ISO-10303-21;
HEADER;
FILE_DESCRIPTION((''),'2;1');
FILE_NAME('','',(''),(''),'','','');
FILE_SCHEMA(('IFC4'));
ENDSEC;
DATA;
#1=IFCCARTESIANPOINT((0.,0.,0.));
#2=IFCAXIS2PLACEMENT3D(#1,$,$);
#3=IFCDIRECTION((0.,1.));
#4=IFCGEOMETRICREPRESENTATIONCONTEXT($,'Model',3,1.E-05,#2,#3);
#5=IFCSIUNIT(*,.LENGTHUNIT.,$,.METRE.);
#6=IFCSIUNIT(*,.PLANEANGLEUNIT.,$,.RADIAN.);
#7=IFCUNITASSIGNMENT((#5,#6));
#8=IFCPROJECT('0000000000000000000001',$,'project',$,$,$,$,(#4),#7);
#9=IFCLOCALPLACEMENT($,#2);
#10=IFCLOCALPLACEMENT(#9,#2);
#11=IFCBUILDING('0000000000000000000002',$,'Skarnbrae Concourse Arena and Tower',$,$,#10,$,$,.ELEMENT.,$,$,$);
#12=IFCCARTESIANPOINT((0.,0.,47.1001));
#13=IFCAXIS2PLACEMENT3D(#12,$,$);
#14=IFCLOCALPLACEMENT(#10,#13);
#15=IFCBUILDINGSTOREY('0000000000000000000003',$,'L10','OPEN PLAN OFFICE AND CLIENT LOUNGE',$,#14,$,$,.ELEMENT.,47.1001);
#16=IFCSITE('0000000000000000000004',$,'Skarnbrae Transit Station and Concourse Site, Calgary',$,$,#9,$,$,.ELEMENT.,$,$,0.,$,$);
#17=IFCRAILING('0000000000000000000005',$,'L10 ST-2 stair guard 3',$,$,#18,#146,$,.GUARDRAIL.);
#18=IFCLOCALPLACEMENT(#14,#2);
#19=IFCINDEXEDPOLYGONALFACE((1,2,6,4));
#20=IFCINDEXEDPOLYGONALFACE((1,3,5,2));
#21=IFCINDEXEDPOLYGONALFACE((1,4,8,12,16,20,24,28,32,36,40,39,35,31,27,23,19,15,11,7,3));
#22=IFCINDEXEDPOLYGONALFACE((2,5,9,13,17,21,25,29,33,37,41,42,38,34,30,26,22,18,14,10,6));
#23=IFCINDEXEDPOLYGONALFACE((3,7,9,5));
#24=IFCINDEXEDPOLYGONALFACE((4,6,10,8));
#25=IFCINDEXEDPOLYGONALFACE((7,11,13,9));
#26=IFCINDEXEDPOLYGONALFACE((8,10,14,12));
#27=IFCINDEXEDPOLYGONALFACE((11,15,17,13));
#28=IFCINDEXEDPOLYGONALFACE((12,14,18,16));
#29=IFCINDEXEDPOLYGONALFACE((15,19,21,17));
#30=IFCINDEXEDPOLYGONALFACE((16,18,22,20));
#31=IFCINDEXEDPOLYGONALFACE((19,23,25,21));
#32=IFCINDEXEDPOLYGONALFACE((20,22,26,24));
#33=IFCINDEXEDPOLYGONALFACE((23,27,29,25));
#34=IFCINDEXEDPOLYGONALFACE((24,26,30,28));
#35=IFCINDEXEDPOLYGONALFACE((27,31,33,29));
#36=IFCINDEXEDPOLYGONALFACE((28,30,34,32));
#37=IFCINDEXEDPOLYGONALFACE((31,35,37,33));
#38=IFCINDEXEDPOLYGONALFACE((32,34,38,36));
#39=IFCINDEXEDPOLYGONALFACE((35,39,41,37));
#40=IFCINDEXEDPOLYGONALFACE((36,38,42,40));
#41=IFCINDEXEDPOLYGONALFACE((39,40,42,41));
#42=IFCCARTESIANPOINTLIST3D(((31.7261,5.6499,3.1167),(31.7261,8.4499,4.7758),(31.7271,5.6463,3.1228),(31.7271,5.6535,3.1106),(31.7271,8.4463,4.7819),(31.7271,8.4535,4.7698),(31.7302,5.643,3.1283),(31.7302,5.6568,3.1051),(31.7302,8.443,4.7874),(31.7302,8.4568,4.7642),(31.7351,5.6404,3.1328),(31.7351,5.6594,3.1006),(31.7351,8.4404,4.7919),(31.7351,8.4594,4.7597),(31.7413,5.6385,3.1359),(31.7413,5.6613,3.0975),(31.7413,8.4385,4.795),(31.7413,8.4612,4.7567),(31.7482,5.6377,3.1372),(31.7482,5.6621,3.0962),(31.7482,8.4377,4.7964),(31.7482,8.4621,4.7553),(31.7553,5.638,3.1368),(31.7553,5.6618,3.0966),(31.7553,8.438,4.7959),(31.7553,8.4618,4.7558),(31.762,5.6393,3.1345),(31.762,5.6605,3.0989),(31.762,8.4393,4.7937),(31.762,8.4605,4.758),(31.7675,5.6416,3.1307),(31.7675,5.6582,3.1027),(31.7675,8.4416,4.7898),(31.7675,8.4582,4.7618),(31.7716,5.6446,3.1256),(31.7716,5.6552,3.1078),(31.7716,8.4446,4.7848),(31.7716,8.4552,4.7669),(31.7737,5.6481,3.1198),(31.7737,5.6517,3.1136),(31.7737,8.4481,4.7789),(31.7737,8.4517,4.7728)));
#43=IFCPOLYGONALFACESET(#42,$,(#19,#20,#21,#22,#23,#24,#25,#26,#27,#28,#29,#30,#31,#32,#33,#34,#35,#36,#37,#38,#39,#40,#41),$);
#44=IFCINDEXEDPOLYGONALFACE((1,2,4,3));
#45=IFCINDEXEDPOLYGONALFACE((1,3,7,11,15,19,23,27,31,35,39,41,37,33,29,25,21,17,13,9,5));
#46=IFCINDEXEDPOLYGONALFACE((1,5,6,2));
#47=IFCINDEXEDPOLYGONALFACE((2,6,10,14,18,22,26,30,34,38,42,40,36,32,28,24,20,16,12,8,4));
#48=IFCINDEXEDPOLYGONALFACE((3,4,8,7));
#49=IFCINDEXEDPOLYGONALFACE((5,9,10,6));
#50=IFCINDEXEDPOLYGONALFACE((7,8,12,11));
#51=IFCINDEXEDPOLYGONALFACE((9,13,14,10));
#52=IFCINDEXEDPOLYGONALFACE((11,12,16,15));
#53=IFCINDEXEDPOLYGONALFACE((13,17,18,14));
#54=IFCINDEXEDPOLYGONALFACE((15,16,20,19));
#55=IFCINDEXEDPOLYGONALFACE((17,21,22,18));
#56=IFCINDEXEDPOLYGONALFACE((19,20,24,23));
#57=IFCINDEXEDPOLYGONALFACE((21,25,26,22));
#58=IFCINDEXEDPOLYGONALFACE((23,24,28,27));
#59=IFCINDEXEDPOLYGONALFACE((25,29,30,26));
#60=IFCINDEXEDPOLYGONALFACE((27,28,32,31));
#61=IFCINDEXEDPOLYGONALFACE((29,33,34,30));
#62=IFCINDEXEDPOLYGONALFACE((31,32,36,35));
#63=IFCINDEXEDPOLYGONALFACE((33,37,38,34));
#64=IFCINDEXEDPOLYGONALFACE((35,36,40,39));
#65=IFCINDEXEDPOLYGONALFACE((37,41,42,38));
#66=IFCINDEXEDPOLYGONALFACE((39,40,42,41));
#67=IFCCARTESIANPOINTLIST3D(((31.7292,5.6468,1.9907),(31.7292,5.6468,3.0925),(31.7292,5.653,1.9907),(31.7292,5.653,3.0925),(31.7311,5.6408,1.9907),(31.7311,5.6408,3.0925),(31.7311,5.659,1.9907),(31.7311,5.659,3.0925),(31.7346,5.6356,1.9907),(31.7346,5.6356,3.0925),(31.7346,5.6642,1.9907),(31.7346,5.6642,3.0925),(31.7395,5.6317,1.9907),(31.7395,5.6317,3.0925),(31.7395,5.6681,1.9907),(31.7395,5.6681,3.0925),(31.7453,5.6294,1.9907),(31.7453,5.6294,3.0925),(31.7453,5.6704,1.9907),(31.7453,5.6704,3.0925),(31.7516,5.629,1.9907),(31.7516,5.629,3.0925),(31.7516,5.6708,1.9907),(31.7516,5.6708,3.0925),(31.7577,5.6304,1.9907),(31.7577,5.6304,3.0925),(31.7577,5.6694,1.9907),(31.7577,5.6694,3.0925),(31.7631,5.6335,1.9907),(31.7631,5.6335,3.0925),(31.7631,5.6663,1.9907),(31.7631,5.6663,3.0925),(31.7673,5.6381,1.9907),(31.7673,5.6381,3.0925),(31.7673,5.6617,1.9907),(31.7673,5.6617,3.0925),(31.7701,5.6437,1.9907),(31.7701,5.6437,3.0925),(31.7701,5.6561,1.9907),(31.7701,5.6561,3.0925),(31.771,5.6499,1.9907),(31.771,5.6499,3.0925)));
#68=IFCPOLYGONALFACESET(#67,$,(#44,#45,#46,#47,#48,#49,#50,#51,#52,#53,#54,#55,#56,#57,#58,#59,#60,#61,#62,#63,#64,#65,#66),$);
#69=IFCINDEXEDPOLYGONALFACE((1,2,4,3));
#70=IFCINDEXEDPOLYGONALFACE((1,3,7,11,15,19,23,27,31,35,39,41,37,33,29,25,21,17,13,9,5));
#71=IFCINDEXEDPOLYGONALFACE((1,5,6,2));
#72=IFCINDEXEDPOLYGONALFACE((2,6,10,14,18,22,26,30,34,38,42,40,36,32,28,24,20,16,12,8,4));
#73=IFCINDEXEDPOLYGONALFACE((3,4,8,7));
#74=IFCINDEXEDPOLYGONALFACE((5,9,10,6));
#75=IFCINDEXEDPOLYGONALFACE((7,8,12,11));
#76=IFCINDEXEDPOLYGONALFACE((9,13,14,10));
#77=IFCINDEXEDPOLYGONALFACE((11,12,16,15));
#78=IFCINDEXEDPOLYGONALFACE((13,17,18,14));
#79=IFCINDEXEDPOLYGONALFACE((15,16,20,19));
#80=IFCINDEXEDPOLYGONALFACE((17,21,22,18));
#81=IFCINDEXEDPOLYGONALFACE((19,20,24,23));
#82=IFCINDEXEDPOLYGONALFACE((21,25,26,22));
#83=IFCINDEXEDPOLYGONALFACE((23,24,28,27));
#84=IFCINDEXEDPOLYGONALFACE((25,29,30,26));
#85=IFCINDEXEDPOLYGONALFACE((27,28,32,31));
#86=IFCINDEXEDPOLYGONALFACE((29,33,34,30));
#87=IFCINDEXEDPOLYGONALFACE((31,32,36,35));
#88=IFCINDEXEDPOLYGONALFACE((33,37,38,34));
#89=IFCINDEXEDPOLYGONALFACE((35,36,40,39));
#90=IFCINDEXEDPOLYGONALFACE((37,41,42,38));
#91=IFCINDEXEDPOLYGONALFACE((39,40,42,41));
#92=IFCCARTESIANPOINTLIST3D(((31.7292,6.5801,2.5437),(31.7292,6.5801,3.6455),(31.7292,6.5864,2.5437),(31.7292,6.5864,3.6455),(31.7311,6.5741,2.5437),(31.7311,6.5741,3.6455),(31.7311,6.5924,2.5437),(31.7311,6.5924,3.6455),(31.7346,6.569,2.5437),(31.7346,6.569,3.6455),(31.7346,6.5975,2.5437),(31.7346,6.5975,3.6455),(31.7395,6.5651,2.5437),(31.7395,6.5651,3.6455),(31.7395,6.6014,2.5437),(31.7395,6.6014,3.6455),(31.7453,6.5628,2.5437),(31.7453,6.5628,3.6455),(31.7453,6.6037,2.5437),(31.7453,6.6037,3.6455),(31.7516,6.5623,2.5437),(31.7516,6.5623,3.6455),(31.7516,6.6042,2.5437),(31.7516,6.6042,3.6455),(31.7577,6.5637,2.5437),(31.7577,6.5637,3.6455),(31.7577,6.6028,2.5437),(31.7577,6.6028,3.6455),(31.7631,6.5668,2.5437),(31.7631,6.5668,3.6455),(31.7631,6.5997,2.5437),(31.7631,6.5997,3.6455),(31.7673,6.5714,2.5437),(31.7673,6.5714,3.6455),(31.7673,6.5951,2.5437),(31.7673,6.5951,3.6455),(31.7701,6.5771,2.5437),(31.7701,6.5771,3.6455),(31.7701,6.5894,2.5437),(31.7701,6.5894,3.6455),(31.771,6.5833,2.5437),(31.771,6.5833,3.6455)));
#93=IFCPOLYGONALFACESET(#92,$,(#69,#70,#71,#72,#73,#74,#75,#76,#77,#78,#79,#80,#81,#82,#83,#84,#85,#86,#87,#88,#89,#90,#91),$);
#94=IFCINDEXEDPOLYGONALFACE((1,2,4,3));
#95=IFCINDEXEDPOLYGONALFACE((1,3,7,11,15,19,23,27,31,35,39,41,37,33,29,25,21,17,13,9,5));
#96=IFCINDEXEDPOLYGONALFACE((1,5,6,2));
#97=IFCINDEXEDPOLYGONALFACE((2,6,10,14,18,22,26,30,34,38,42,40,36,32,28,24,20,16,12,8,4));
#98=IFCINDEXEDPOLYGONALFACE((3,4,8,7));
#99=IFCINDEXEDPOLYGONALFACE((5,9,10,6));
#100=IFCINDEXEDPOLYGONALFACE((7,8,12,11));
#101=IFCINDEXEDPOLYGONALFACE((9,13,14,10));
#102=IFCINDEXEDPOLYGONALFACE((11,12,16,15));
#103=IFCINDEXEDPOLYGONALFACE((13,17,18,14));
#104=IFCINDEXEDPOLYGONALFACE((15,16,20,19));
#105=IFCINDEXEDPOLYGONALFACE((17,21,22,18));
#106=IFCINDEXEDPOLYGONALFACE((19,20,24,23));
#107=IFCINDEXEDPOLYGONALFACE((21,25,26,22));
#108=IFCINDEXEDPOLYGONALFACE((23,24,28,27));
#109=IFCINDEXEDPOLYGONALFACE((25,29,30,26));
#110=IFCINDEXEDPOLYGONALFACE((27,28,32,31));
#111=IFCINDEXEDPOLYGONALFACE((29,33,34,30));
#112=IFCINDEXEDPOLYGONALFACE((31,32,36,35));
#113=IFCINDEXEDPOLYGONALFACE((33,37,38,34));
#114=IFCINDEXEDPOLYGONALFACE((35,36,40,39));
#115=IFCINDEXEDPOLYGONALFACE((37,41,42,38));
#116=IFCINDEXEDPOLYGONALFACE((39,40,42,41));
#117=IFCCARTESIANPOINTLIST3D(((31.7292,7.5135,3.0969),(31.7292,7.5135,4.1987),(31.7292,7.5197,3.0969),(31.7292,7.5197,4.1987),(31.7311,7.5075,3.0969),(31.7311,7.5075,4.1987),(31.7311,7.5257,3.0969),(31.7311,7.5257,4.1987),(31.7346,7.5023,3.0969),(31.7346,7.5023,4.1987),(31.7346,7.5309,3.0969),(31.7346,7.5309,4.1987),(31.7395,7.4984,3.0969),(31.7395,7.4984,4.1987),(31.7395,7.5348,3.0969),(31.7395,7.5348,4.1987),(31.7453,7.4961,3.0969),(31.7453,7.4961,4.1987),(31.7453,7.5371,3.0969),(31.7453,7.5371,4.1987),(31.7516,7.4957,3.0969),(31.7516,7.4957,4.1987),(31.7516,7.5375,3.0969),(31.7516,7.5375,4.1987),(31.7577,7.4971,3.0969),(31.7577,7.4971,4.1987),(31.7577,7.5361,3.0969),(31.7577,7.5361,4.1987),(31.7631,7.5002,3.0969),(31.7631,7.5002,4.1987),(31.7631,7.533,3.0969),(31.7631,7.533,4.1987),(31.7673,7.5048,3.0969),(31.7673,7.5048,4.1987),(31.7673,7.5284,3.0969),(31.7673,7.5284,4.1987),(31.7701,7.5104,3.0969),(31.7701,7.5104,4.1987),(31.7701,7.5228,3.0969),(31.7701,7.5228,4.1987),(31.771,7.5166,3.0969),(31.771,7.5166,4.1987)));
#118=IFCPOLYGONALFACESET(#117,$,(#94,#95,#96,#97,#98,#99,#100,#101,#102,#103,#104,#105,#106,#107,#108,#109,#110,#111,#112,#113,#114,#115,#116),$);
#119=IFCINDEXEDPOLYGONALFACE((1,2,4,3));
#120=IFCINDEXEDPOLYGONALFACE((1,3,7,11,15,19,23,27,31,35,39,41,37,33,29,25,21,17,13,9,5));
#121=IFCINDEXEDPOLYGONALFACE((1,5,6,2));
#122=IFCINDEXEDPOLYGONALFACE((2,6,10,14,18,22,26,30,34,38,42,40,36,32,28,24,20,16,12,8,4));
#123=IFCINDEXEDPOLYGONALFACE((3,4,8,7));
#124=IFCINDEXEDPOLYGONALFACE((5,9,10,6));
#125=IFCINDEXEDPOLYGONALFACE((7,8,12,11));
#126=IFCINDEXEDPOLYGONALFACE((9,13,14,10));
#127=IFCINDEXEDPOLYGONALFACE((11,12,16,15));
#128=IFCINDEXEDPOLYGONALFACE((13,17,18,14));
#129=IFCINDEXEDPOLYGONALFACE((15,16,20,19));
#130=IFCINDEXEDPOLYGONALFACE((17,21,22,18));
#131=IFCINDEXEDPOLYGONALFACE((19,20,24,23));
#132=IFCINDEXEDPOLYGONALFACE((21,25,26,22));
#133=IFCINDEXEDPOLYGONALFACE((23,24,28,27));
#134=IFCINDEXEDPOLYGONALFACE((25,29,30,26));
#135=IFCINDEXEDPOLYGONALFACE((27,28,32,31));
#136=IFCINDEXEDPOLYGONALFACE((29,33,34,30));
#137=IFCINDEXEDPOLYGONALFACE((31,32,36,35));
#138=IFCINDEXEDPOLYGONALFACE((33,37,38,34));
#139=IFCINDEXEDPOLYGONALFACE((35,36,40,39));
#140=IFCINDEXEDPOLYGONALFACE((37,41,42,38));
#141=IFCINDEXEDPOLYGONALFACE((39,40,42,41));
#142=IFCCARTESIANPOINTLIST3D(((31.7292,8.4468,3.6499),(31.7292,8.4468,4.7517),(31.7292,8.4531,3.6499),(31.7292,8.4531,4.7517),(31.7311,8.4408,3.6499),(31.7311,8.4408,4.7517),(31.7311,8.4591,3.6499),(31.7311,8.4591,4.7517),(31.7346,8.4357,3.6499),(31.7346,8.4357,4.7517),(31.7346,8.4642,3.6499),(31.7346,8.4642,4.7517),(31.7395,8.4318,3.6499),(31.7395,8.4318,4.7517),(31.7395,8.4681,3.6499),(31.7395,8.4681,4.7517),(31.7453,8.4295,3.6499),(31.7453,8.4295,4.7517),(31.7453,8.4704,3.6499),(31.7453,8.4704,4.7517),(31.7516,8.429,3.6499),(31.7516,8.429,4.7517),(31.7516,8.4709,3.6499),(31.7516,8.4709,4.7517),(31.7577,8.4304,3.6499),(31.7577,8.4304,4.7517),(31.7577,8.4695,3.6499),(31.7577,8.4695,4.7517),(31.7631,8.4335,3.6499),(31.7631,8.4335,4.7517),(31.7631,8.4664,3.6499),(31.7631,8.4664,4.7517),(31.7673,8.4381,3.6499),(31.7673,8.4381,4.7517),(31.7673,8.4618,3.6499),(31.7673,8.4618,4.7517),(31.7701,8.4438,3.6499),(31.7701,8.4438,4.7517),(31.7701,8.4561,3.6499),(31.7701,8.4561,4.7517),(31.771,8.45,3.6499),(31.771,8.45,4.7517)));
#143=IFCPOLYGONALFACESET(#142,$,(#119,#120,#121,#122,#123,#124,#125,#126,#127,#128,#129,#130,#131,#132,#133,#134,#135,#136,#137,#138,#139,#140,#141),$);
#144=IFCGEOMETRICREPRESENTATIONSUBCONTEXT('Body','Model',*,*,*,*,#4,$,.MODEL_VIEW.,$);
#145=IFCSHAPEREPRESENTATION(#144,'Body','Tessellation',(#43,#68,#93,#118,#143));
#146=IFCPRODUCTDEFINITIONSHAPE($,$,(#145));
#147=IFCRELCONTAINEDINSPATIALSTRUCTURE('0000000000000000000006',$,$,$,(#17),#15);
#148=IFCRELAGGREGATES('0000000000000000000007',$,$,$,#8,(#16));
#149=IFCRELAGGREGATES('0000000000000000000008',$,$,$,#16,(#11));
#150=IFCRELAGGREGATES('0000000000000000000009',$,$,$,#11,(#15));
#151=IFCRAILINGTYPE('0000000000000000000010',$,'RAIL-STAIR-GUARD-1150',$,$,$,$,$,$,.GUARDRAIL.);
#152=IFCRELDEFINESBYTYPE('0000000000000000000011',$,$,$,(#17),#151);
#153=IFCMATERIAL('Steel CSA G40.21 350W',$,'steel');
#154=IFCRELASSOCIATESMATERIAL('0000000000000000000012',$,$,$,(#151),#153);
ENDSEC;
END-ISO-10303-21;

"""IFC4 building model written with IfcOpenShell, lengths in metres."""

from ifc_helpers import new_model, si_unit, direction, frame, origin, origin_2d, place, context, subcontext, project, spatial, circle, extrude, material, type_object, element, save


model = new_model("IFC4")

# Units and contexts
model_context = context("Model", 3, precision=1e-05, world=origin(), true_north=direction((0.0, 1.0)))
body_context = subcontext(model_context, "Body", "Model", "MODEL_VIEW")
ifc_project = project(units=[si_unit("LENGTHUNIT", "METRE"), si_unit("PLANEANGLEUNIT", "RADIAN")], contexts=[model_context])

# Site, building, storey
site_placement = place(None, origin())
site = spatial("IfcSite", under=ifc_project, at=site_placement, Name="Skarnbrae Transit Station and Concourse Site, Calgary", CompositionType="ELEMENT", RefElevation=0.0)
building_placement = place(site_placement, origin())
building = spatial("IfcBuilding", under=site, at=building_placement, Name="Skarnbrae Concourse Arena and Tower", CompositionType="ELEMENT")
storey_placement = place(building_placement, frame((0.0, 0.0, 47.1001)))
storey = spatial("IfcBuildingStorey", under=building, at=storey_placement, Name="L10", Description="OPEN PLAN OFFICE AND CLIENT LOUNGE", CompositionType="ELEMENT", Elevation=47.1001)

# Shared definitions
ifc_material_1 = material(Name="Steel CSA G40.21 350W", Category="steel")

# Railing
railing_type_1 = type_object("IfcRailingType", Name="RAIL-STAIR-GUARD-1150", PredefinedType="GUARDRAIL", material=ifc_material_1)
railing_1_placement = place(storey_placement, frame((31.75, 5.6499, 1.9907)))
element("IfcRailing", 1, at=railing_1_placement, inside=storey, type_object=railing_type_1, Name="L10 ST-2 stair guard 3", PredefinedType="GUARDRAIL", context=body_context, shape_type="SweptSolid", body=[
    extrude(circle(Radius=0.0239, at=origin_2d()), frame((0.0, 0.0, 1.126), z_axis=(0.0, 0.860306, 0.509778), x_axis=(-1.0, 0.0, 0.0)), (0.0, 0.0, 1.0), 3.2546),
    extrude(circle(Radius=0.021, at=origin_2d()), origin(), (0.0, 0.0, 1.0), 1.1018),
    extrude(circle(Radius=0.021, at=origin_2d()), frame((0.0, 0.9333, 0.553)), (0.0, 0.0, 1.0), 1.1018),
    extrude(circle(Radius=0.021, at=origin_2d()), frame((0.0, 1.8667, 1.1062)), (0.0, 0.0, 1.0), 1.1018),
    extrude(circle(Radius=0.021, at=origin_2d()), frame((0.0, 2.8, 1.6592)), (0.0, 0.0, 1.0), 1.1018),
])

save(model, "model.ifc")
